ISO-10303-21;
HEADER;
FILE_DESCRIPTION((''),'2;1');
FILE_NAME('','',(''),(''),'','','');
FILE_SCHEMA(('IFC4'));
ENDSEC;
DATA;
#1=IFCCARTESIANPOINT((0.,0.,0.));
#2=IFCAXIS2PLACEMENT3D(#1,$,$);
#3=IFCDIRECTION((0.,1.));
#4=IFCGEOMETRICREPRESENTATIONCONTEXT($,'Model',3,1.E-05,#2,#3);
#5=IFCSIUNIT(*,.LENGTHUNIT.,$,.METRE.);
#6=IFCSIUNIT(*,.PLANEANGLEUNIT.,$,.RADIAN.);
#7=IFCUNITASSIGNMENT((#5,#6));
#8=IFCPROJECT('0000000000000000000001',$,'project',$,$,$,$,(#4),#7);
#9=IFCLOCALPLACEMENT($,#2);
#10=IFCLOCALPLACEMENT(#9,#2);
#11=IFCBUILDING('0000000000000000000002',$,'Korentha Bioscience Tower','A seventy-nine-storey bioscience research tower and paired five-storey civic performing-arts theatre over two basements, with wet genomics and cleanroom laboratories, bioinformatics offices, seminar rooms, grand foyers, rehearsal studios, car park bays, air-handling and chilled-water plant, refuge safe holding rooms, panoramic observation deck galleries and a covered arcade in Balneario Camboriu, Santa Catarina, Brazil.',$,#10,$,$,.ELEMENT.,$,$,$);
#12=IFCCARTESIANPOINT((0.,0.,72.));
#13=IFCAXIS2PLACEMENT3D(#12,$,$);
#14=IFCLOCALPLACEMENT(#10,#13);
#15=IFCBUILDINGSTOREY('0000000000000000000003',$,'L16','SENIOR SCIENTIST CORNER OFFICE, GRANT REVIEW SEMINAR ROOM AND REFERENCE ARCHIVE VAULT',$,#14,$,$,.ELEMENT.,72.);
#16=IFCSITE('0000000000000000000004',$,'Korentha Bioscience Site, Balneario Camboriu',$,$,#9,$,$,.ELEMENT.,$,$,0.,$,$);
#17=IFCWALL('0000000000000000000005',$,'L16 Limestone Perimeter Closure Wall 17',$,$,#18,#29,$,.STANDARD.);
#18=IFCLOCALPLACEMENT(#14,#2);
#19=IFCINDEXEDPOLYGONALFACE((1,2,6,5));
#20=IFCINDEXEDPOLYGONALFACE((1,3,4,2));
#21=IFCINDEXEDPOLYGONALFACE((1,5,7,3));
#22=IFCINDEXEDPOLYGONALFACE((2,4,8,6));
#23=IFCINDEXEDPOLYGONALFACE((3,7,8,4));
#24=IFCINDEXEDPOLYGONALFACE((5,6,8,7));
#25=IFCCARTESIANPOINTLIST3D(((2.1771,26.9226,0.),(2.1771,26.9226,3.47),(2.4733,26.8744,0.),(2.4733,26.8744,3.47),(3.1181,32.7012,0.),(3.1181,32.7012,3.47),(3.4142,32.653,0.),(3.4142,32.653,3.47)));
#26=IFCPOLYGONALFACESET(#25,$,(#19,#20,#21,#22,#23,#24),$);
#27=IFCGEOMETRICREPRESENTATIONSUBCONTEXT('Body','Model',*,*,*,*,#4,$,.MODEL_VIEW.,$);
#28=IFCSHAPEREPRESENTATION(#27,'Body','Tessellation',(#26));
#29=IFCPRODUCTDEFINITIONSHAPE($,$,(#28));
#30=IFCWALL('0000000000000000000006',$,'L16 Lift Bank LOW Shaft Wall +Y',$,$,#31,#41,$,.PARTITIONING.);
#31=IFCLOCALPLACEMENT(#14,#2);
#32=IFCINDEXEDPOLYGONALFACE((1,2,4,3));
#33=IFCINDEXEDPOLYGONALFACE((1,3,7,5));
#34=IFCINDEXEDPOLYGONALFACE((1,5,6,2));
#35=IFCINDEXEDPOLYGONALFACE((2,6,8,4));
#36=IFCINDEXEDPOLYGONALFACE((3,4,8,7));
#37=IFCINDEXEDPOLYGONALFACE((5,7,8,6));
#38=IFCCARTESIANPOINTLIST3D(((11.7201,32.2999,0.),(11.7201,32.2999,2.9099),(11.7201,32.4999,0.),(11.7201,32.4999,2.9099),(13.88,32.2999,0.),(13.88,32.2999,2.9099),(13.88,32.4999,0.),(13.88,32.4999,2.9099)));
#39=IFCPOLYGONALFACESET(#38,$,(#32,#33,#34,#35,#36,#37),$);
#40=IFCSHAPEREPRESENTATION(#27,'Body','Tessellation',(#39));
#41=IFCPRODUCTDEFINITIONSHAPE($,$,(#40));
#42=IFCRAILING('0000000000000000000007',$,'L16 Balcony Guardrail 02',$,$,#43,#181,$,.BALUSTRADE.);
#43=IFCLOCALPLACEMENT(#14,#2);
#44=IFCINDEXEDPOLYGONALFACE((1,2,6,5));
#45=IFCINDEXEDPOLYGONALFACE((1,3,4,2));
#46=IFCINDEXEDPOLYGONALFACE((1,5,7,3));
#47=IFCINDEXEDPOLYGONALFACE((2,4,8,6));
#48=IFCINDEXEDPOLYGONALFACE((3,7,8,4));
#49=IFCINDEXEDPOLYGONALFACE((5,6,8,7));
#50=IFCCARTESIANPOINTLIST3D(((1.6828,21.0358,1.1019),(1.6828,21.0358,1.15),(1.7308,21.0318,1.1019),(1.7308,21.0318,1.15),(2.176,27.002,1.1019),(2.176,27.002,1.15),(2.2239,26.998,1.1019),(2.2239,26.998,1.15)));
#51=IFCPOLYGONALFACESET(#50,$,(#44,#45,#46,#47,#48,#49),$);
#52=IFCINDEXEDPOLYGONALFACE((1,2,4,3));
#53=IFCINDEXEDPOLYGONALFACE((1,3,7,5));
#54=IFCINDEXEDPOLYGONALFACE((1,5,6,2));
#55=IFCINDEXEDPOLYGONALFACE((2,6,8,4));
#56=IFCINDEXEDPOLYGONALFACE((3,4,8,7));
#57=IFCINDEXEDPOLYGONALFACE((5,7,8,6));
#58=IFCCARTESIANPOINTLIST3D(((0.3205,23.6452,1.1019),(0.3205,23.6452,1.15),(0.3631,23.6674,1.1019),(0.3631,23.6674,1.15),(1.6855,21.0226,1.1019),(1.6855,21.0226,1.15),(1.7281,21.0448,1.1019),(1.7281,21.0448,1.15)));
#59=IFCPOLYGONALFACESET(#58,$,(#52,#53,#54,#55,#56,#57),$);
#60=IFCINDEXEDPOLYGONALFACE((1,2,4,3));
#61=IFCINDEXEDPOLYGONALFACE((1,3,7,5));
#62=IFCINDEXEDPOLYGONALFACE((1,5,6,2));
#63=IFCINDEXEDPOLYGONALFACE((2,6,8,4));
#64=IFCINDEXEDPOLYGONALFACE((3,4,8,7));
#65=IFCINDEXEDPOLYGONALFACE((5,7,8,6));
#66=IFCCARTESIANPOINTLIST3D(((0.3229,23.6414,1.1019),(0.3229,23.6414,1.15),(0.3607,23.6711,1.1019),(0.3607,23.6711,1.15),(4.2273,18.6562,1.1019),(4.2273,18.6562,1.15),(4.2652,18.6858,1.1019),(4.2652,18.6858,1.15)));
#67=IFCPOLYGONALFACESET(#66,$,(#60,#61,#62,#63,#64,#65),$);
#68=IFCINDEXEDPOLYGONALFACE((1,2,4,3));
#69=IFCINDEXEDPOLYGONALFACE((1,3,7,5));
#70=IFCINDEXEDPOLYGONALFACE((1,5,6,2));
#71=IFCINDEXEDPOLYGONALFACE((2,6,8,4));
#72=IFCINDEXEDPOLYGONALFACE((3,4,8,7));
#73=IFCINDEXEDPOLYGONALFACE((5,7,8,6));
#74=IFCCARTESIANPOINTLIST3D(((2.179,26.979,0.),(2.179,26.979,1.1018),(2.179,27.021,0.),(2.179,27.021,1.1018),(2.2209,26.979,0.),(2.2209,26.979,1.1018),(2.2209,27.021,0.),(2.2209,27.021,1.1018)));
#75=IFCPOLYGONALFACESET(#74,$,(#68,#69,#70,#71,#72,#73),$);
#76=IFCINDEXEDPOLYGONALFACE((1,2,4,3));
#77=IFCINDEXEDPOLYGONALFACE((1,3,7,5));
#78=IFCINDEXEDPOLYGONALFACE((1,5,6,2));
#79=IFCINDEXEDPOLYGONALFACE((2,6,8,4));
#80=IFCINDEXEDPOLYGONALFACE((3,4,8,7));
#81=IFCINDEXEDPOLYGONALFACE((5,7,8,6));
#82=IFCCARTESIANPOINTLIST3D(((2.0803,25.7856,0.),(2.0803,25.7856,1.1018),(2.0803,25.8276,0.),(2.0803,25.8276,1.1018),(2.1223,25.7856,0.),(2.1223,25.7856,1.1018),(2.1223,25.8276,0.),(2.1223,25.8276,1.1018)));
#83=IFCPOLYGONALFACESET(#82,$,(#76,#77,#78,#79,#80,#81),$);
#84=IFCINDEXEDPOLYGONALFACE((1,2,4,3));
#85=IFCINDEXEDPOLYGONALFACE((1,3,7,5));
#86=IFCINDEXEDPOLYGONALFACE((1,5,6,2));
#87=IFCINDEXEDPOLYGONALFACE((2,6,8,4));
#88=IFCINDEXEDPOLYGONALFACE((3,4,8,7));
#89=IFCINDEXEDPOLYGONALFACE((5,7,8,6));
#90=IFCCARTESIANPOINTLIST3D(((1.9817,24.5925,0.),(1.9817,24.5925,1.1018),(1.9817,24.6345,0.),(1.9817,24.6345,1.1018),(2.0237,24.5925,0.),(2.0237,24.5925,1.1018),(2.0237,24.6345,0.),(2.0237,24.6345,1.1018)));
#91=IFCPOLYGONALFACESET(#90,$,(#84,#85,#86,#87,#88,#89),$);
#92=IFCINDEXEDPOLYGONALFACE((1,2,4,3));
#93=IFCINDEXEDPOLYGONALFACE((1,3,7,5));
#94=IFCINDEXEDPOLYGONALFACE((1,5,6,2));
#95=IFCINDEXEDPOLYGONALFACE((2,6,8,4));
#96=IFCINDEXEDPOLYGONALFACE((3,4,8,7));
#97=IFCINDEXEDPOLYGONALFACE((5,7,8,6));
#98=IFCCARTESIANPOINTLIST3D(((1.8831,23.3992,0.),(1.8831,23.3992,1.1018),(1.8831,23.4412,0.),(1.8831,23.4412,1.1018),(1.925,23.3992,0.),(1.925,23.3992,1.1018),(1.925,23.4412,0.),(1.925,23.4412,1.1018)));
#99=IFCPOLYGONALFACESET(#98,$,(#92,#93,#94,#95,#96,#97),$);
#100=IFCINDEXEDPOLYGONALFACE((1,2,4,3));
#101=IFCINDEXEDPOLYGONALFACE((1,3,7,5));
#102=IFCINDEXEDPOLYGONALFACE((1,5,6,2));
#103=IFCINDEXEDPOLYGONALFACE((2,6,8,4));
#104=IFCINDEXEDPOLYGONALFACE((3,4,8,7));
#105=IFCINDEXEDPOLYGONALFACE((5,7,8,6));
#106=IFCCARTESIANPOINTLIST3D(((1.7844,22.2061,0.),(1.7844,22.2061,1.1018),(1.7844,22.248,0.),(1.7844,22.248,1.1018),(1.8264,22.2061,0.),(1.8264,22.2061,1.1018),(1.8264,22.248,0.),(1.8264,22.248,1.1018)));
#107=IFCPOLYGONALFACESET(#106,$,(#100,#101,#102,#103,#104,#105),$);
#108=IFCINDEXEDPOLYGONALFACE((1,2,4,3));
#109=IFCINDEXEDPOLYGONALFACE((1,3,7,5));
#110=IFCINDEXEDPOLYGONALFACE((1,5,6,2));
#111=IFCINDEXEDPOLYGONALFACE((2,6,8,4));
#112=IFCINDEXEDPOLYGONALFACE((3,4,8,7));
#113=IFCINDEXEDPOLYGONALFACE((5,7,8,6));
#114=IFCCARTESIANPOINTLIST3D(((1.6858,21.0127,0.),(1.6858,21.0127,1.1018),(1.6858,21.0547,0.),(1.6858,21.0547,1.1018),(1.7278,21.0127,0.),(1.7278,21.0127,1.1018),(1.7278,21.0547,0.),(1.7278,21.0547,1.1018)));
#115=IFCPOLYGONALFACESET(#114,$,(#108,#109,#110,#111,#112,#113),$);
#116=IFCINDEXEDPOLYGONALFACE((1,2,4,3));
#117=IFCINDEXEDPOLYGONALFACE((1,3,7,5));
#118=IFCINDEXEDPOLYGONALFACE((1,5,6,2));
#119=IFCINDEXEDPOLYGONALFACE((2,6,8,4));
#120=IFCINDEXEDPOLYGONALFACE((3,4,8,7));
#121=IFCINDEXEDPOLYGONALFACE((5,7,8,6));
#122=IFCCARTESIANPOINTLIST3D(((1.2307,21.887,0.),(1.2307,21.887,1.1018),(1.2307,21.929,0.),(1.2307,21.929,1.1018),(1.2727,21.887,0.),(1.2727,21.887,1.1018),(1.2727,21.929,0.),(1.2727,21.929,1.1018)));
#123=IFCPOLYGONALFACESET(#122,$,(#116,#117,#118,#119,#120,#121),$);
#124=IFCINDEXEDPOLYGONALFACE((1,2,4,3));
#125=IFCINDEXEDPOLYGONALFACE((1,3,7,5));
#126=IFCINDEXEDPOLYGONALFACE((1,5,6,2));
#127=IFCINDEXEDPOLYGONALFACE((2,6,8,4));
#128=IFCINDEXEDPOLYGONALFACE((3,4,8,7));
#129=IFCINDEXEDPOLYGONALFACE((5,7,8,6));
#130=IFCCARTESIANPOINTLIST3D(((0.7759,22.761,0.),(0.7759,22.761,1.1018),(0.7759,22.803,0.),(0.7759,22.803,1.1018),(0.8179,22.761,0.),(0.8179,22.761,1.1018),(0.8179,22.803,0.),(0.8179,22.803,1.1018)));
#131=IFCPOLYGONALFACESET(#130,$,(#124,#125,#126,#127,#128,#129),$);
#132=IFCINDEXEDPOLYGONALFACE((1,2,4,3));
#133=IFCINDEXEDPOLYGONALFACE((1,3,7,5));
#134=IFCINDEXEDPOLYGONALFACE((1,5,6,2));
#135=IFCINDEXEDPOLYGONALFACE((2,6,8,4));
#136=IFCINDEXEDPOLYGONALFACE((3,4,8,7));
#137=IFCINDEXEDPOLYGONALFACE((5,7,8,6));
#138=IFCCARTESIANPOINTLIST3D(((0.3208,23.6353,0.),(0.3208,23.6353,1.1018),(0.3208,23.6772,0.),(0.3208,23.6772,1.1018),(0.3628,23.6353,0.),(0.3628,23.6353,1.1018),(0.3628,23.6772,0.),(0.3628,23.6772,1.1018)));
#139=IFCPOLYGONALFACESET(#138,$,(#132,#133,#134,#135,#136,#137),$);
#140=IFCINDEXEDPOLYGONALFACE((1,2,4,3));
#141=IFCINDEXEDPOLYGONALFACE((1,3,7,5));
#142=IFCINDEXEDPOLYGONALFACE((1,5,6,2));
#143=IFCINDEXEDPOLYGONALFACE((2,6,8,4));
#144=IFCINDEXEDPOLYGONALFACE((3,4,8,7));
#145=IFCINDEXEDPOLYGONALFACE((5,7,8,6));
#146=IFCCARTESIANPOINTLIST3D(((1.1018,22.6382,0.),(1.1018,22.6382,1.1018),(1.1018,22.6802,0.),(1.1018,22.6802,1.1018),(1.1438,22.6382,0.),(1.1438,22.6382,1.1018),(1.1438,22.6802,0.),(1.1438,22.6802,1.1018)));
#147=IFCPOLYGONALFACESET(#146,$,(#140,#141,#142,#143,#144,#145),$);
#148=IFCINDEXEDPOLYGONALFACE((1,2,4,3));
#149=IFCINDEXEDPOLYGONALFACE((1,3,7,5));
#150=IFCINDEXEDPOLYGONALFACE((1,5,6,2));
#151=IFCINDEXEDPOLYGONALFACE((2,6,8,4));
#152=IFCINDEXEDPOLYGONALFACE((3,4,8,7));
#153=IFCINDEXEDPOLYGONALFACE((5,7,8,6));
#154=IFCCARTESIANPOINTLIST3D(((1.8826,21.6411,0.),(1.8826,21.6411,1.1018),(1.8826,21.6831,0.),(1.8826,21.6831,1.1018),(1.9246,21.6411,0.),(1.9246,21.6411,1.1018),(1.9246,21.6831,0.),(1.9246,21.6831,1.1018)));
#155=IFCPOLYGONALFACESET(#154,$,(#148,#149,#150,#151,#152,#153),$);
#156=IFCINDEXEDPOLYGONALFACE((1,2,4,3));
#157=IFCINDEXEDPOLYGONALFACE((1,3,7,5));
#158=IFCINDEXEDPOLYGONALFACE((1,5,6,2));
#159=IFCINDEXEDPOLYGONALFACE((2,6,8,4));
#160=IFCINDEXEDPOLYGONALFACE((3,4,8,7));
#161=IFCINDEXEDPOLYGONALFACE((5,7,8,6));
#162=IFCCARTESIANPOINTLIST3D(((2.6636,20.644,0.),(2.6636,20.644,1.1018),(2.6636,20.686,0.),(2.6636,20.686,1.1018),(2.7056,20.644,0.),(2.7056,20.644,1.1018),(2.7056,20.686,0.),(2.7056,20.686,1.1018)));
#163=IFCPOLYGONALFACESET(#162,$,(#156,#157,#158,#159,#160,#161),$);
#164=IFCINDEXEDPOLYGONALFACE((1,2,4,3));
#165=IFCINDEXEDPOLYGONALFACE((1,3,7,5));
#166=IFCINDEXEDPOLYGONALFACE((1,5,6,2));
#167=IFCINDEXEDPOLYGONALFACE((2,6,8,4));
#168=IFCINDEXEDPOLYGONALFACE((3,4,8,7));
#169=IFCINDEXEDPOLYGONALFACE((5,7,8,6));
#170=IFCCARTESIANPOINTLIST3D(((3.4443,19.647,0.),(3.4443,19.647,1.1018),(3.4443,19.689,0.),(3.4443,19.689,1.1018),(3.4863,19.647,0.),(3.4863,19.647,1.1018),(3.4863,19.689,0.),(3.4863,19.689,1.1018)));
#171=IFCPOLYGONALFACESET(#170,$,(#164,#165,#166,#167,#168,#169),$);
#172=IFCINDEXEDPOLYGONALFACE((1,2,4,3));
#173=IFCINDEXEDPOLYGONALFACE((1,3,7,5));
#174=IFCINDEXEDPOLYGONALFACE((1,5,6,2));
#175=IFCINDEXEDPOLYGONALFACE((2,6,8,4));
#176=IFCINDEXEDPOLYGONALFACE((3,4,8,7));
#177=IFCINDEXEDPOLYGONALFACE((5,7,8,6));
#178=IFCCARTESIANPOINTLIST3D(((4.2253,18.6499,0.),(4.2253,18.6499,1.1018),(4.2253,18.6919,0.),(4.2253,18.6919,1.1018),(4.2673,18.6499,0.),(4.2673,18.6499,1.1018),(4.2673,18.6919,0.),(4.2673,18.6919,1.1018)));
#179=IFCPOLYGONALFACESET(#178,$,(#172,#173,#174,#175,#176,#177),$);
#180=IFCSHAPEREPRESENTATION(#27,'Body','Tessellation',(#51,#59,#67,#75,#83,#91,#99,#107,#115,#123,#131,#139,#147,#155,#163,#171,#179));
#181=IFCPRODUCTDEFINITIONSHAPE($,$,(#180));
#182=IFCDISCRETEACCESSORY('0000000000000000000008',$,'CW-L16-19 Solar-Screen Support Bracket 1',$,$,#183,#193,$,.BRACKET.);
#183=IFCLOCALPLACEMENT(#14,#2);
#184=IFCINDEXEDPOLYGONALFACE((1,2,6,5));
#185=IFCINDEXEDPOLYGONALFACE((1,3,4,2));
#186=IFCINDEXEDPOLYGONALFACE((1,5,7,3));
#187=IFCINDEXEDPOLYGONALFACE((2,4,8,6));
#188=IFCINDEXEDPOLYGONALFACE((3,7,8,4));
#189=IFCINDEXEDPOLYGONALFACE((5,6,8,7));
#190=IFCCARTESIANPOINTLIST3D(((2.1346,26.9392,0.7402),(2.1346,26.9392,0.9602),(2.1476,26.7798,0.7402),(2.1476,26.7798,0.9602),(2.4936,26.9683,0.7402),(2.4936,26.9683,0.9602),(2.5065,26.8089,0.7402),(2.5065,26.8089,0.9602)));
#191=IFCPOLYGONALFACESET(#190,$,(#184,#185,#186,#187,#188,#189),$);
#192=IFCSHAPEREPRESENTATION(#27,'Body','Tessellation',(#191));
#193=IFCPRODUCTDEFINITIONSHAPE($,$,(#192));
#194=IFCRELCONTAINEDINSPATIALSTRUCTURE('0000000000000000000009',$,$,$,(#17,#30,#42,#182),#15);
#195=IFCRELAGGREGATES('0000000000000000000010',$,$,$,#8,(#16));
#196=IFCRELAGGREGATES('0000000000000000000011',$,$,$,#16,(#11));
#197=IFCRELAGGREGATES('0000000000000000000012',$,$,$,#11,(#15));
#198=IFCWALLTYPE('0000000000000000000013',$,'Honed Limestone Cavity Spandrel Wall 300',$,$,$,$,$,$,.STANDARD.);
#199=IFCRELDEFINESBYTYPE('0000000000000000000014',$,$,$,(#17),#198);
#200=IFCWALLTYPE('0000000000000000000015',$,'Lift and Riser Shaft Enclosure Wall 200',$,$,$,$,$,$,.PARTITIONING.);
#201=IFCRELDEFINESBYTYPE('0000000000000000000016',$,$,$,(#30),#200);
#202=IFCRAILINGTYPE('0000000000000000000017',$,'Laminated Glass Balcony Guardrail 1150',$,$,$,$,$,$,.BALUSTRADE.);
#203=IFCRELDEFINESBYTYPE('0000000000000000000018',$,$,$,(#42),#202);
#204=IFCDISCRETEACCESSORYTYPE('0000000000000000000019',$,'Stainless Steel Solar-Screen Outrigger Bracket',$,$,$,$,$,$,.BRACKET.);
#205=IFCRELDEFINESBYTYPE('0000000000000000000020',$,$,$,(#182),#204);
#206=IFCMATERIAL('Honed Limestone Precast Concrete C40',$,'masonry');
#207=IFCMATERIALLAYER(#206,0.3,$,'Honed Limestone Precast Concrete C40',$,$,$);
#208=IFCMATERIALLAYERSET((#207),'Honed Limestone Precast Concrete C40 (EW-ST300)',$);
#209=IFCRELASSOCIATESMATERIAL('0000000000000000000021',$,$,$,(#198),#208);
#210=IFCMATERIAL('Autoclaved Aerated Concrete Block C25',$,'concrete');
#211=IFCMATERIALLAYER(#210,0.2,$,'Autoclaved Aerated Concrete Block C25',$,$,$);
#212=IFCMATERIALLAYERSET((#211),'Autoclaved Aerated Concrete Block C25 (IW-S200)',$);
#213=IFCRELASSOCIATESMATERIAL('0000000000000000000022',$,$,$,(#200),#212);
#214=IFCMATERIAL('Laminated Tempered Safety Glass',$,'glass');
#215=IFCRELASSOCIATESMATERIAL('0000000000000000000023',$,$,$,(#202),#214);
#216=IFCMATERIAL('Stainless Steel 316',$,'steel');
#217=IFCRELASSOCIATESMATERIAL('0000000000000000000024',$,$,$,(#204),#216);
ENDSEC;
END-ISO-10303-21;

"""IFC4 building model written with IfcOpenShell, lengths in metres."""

from ifc_helpers import new_model, si_unit, direction, frame, frame_2d, origin, origin_2d, place, context, subcontext, project, spatial, rectangle, extrude, material, layer, layer_set, type_object, element, save


model = new_model("IFC4")

# Units and contexts
model_context = context("Model", 3, precision=1e-05, world=origin(), true_north=direction((0.0, 1.0)))
body_context = subcontext(model_context, "Body", "Model", "MODEL_VIEW")
ifc_project = project(units=[si_unit("LENGTHUNIT", "METRE"), si_unit("PLANEANGLEUNIT", "RADIAN")], contexts=[model_context])

# Site, building, storey
site_placement = place(None, origin())
site = spatial("IfcSite", under=ifc_project, at=site_placement, Name="Korentha Bioscience Site, Balneario Camboriu", CompositionType="ELEMENT", RefElevation=0.0)
building_placement = place(site_placement, origin())
building = spatial("IfcBuilding", under=site, at=building_placement, Name="Korentha Bioscience Tower", Description="A seventy-nine-storey bioscience research tower and paired five-storey civic performing-arts theatre over two basements, with wet genomics and cleanroom laboratories, bioinformatics offices, seminar rooms, grand foyers, rehearsal studios, car park bays, air-handling and chilled-water plant, refuge safe holding rooms, panoramic observation deck galleries and a covered arcade in Balneario Camboriu, Santa Catarina, Brazil.", CompositionType="ELEMENT")
storey_placement = place(building_placement, frame((0.0, 0.0, 72.0)))
storey = spatial("IfcBuildingStorey", under=building, at=storey_placement, Name="L16", Description="SENIOR SCIENTIST CORNER OFFICE, GRANT REVIEW SEMINAR ROOM AND REFERENCE ARCHIVE VAULT", CompositionType="ELEMENT", Elevation=72.0)

# Shared definitions
ifc_material_1 = material(Name="Honed Limestone Precast Concrete C40", Category="masonry")
ifc_layer_1 = layer(ifc_material_1, 0.3, Name="Honed Limestone Precast Concrete C40")
ifc_layer_set_1 = layer_set([ifc_layer_1], Name="Honed Limestone Precast Concrete C40 (EW-ST300)")
wall_type_1 = type_object("IfcWallType", Name="Honed Limestone Cavity Spandrel Wall 300", PredefinedType="STANDARD", material=ifc_layer_set_1)

# Walls
wall_1_placement = place(storey_placement, frame((3.2661, 32.677, 0.0), z_axis=(0.0, 0.0, 1.0), x_axis=(-0.160712, -0.987001, 0.0)))
element("IfcWall", 1, at=wall_1_placement, inside=storey, type_object=wall_type_1, Name="L16 Limestone Perimeter Closure Wall 17", PredefinedType="STANDARD", context=body_context, shape_type="SweptSolid", body=[
    extrude(rectangle(XDim=5.8547, YDim=0.3, at=frame_2d((2.9272, 0.0))), origin(), (0.0, 0.0, 1.0), 3.47),
])
ifc_material_2 = material(Name="Autoclaved Aerated Concrete Block C25", Category="concrete")
ifc_layer_2 = layer(ifc_material_2, 0.2, Name="Autoclaved Aerated Concrete Block C25")
ifc_layer_set_2 = layer_set([ifc_layer_2], Name="Autoclaved Aerated Concrete Block C25 (IW-S200)")
wall_type_2 = type_object("IfcWallType", Name="Lift and Riser Shaft Enclosure Wall 200", PredefinedType="PARTITIONING", material=ifc_layer_set_2)
wall_2_placement = place(storey_placement, frame((11.72, 32.3999, 0.0), z_axis=(0.0, 0.0, 1.0), x_axis=(1.0, 0.0, 0.0)))
element("IfcWall", 2, at=wall_2_placement, inside=storey, type_object=wall_type_2, Name="L16 Lift Bank LOW Shaft Wall +Y", PredefinedType="PARTITIONING", context=body_context, shape_type="SweptSolid", body=[
    extrude(rectangle(XDim=2.1599, YDim=0.2, at=frame_2d((1.0801, 0.0))), origin(), (0.0, 0.0, 1.0), 2.9099),
])

# Railing
ifc_material_3 = material(Name="Laminated Tempered Safety Glass", Category="glass")
railing_type = type_object("IfcRailingType", Name="Laminated Glass Balcony Guardrail 1150", PredefinedType="BALUSTRADE", material=ifc_material_3)
railing_placement = place(storey_placement, frame((2.2, 27.0, 0.0)))
element("IfcRailing", 3, at=railing_placement, inside=storey, type_object=railing_type, Name="L16 Balcony Guardrail 02", PredefinedType="BALUSTRADE", context=body_context, shape_type="SweptSolid", body=[
    extrude(rectangle(XDim=0.0481, YDim=0.0481, at=origin_2d()), frame((0.0, 0.0, 1.126), z_axis=(-0.082377, -0.996601, 0.0), x_axis=(0.996601, -0.082377, 0.0)), (0.0, 0.0, 1.0), 5.9866),
    extrude(rectangle(XDim=0.0481, YDim=0.0481, at=origin_2d()), frame((-0.4932, -5.9663, 1.126), z_axis=(-0.461688, 0.887042, 0.0), x_axis=(-0.887042, -0.461688, 0.0)), (0.0, 0.0, 1.0), 2.9565),
    extrude(rectangle(XDim=0.0481, YDim=0.0481, at=origin_2d()), frame((-1.8582, -3.3438, 1.126), z_axis=(0.616598, -0.787278, 0.0), x_axis=(0.787278, 0.616598, 0.0)), (0.0, 0.0, 1.0), 6.3323),
    extrude(rectangle(XDim=0.042, YDim=0.042, at=origin_2d()), origin(), (0.0, 0.0, 1.0), 1.1018),
    extrude(rectangle(XDim=0.042, YDim=0.042, at=origin_2d()), frame((-0.0986, -1.1934, 0.0)), (0.0, 0.0, 1.0), 1.1018),
    extrude(rectangle(XDim=0.042, YDim=0.042, at=origin_2d()), frame((-0.1973, -2.3865, 0.0)), (0.0, 0.0, 1.0), 1.1018),
    extrude(rectangle(XDim=0.042, YDim=0.042, at=origin_2d()), frame((-0.2959, -3.5798, 0.0)), (0.0, 0.0, 1.0), 1.1018),
    extrude(rectangle(XDim=0.042, YDim=0.042, at=origin_2d()), frame((-0.3945, -4.7729, 0.0)), (0.0, 0.0, 1.0), 1.1018),
    extrude(rectangle(XDim=0.042, YDim=0.042, at=origin_2d()), frame((-0.4932, -5.9663, 0.0)), (0.0, 0.0, 1.0), 1.1018),
    extrude(rectangle(XDim=0.042, YDim=0.042, at=origin_2d()), frame((-0.9482, -5.092, 0.0)), (0.0, 0.0, 1.0), 1.1018),
    extrude(rectangle(XDim=0.042, YDim=0.042, at=origin_2d()), frame((-1.4031, -4.218, 0.0)), (0.0, 0.0, 1.0), 1.1018),
    extrude(rectangle(XDim=0.042, YDim=0.042, at=origin_2d()), frame((-1.8582, -3.3438, 0.0)), (0.0, 0.0, 1.0), 1.1018),
    extrude(rectangle(XDim=0.042, YDim=0.042, at=origin_2d()), frame((-1.0771, -4.3408, 0.0)), (0.0, 0.0, 1.0), 1.1018),
    extrude(rectangle(XDim=0.042, YDim=0.042, at=origin_2d()), frame((-0.2964, -5.3379, 0.0)), (0.0, 0.0, 1.0), 1.1018),
    extrude(rectangle(XDim=0.042, YDim=0.042, at=origin_2d()), frame((0.4846, -6.335, 0.0)), (0.0, 0.0, 1.0), 1.1018),
    extrude(rectangle(XDim=0.042, YDim=0.042, at=origin_2d()), frame((1.2654, -7.332, 0.0)), (0.0, 0.0, 1.0), 1.1018),
    extrude(rectangle(XDim=0.042, YDim=0.042, at=origin_2d()), frame((2.0464, -8.3291, 0.0)), (0.0, 0.0, 1.0), 1.1018),
])

# Discrete accessory
ifc_material_4 = material(Name="Stainless Steel 316", Category="steel")
discrete_accessory_type = type_object("IfcDiscreteAccessoryType", Name="Stainless Steel Solar-Screen Outrigger Bracket", PredefinedType="BRACKET", material=ifc_material_4)
discrete_accessory_placement = place(storey_placement, frame((2.3206, 26.874, 0.7402), z_axis=(0.0, 0.0, 1.0), x_axis=(0.08082, -0.996729, 0.0)))
element("IfcDiscreteAccessory", 4, at=discrete_accessory_placement, inside=storey, type_object=discrete_accessory_type, Name="CW-L16-19 Solar-Screen Support Bracket 1", PredefinedType="BRACKET", context=body_context, shape_type="SweptSolid", body=[
    extrude(rectangle(XDim=0.1599, YDim=0.3601, at=origin_2d()), origin(), (0.0, 0.0, 1.0), 0.22),
])

save(model, "model.ifc")
